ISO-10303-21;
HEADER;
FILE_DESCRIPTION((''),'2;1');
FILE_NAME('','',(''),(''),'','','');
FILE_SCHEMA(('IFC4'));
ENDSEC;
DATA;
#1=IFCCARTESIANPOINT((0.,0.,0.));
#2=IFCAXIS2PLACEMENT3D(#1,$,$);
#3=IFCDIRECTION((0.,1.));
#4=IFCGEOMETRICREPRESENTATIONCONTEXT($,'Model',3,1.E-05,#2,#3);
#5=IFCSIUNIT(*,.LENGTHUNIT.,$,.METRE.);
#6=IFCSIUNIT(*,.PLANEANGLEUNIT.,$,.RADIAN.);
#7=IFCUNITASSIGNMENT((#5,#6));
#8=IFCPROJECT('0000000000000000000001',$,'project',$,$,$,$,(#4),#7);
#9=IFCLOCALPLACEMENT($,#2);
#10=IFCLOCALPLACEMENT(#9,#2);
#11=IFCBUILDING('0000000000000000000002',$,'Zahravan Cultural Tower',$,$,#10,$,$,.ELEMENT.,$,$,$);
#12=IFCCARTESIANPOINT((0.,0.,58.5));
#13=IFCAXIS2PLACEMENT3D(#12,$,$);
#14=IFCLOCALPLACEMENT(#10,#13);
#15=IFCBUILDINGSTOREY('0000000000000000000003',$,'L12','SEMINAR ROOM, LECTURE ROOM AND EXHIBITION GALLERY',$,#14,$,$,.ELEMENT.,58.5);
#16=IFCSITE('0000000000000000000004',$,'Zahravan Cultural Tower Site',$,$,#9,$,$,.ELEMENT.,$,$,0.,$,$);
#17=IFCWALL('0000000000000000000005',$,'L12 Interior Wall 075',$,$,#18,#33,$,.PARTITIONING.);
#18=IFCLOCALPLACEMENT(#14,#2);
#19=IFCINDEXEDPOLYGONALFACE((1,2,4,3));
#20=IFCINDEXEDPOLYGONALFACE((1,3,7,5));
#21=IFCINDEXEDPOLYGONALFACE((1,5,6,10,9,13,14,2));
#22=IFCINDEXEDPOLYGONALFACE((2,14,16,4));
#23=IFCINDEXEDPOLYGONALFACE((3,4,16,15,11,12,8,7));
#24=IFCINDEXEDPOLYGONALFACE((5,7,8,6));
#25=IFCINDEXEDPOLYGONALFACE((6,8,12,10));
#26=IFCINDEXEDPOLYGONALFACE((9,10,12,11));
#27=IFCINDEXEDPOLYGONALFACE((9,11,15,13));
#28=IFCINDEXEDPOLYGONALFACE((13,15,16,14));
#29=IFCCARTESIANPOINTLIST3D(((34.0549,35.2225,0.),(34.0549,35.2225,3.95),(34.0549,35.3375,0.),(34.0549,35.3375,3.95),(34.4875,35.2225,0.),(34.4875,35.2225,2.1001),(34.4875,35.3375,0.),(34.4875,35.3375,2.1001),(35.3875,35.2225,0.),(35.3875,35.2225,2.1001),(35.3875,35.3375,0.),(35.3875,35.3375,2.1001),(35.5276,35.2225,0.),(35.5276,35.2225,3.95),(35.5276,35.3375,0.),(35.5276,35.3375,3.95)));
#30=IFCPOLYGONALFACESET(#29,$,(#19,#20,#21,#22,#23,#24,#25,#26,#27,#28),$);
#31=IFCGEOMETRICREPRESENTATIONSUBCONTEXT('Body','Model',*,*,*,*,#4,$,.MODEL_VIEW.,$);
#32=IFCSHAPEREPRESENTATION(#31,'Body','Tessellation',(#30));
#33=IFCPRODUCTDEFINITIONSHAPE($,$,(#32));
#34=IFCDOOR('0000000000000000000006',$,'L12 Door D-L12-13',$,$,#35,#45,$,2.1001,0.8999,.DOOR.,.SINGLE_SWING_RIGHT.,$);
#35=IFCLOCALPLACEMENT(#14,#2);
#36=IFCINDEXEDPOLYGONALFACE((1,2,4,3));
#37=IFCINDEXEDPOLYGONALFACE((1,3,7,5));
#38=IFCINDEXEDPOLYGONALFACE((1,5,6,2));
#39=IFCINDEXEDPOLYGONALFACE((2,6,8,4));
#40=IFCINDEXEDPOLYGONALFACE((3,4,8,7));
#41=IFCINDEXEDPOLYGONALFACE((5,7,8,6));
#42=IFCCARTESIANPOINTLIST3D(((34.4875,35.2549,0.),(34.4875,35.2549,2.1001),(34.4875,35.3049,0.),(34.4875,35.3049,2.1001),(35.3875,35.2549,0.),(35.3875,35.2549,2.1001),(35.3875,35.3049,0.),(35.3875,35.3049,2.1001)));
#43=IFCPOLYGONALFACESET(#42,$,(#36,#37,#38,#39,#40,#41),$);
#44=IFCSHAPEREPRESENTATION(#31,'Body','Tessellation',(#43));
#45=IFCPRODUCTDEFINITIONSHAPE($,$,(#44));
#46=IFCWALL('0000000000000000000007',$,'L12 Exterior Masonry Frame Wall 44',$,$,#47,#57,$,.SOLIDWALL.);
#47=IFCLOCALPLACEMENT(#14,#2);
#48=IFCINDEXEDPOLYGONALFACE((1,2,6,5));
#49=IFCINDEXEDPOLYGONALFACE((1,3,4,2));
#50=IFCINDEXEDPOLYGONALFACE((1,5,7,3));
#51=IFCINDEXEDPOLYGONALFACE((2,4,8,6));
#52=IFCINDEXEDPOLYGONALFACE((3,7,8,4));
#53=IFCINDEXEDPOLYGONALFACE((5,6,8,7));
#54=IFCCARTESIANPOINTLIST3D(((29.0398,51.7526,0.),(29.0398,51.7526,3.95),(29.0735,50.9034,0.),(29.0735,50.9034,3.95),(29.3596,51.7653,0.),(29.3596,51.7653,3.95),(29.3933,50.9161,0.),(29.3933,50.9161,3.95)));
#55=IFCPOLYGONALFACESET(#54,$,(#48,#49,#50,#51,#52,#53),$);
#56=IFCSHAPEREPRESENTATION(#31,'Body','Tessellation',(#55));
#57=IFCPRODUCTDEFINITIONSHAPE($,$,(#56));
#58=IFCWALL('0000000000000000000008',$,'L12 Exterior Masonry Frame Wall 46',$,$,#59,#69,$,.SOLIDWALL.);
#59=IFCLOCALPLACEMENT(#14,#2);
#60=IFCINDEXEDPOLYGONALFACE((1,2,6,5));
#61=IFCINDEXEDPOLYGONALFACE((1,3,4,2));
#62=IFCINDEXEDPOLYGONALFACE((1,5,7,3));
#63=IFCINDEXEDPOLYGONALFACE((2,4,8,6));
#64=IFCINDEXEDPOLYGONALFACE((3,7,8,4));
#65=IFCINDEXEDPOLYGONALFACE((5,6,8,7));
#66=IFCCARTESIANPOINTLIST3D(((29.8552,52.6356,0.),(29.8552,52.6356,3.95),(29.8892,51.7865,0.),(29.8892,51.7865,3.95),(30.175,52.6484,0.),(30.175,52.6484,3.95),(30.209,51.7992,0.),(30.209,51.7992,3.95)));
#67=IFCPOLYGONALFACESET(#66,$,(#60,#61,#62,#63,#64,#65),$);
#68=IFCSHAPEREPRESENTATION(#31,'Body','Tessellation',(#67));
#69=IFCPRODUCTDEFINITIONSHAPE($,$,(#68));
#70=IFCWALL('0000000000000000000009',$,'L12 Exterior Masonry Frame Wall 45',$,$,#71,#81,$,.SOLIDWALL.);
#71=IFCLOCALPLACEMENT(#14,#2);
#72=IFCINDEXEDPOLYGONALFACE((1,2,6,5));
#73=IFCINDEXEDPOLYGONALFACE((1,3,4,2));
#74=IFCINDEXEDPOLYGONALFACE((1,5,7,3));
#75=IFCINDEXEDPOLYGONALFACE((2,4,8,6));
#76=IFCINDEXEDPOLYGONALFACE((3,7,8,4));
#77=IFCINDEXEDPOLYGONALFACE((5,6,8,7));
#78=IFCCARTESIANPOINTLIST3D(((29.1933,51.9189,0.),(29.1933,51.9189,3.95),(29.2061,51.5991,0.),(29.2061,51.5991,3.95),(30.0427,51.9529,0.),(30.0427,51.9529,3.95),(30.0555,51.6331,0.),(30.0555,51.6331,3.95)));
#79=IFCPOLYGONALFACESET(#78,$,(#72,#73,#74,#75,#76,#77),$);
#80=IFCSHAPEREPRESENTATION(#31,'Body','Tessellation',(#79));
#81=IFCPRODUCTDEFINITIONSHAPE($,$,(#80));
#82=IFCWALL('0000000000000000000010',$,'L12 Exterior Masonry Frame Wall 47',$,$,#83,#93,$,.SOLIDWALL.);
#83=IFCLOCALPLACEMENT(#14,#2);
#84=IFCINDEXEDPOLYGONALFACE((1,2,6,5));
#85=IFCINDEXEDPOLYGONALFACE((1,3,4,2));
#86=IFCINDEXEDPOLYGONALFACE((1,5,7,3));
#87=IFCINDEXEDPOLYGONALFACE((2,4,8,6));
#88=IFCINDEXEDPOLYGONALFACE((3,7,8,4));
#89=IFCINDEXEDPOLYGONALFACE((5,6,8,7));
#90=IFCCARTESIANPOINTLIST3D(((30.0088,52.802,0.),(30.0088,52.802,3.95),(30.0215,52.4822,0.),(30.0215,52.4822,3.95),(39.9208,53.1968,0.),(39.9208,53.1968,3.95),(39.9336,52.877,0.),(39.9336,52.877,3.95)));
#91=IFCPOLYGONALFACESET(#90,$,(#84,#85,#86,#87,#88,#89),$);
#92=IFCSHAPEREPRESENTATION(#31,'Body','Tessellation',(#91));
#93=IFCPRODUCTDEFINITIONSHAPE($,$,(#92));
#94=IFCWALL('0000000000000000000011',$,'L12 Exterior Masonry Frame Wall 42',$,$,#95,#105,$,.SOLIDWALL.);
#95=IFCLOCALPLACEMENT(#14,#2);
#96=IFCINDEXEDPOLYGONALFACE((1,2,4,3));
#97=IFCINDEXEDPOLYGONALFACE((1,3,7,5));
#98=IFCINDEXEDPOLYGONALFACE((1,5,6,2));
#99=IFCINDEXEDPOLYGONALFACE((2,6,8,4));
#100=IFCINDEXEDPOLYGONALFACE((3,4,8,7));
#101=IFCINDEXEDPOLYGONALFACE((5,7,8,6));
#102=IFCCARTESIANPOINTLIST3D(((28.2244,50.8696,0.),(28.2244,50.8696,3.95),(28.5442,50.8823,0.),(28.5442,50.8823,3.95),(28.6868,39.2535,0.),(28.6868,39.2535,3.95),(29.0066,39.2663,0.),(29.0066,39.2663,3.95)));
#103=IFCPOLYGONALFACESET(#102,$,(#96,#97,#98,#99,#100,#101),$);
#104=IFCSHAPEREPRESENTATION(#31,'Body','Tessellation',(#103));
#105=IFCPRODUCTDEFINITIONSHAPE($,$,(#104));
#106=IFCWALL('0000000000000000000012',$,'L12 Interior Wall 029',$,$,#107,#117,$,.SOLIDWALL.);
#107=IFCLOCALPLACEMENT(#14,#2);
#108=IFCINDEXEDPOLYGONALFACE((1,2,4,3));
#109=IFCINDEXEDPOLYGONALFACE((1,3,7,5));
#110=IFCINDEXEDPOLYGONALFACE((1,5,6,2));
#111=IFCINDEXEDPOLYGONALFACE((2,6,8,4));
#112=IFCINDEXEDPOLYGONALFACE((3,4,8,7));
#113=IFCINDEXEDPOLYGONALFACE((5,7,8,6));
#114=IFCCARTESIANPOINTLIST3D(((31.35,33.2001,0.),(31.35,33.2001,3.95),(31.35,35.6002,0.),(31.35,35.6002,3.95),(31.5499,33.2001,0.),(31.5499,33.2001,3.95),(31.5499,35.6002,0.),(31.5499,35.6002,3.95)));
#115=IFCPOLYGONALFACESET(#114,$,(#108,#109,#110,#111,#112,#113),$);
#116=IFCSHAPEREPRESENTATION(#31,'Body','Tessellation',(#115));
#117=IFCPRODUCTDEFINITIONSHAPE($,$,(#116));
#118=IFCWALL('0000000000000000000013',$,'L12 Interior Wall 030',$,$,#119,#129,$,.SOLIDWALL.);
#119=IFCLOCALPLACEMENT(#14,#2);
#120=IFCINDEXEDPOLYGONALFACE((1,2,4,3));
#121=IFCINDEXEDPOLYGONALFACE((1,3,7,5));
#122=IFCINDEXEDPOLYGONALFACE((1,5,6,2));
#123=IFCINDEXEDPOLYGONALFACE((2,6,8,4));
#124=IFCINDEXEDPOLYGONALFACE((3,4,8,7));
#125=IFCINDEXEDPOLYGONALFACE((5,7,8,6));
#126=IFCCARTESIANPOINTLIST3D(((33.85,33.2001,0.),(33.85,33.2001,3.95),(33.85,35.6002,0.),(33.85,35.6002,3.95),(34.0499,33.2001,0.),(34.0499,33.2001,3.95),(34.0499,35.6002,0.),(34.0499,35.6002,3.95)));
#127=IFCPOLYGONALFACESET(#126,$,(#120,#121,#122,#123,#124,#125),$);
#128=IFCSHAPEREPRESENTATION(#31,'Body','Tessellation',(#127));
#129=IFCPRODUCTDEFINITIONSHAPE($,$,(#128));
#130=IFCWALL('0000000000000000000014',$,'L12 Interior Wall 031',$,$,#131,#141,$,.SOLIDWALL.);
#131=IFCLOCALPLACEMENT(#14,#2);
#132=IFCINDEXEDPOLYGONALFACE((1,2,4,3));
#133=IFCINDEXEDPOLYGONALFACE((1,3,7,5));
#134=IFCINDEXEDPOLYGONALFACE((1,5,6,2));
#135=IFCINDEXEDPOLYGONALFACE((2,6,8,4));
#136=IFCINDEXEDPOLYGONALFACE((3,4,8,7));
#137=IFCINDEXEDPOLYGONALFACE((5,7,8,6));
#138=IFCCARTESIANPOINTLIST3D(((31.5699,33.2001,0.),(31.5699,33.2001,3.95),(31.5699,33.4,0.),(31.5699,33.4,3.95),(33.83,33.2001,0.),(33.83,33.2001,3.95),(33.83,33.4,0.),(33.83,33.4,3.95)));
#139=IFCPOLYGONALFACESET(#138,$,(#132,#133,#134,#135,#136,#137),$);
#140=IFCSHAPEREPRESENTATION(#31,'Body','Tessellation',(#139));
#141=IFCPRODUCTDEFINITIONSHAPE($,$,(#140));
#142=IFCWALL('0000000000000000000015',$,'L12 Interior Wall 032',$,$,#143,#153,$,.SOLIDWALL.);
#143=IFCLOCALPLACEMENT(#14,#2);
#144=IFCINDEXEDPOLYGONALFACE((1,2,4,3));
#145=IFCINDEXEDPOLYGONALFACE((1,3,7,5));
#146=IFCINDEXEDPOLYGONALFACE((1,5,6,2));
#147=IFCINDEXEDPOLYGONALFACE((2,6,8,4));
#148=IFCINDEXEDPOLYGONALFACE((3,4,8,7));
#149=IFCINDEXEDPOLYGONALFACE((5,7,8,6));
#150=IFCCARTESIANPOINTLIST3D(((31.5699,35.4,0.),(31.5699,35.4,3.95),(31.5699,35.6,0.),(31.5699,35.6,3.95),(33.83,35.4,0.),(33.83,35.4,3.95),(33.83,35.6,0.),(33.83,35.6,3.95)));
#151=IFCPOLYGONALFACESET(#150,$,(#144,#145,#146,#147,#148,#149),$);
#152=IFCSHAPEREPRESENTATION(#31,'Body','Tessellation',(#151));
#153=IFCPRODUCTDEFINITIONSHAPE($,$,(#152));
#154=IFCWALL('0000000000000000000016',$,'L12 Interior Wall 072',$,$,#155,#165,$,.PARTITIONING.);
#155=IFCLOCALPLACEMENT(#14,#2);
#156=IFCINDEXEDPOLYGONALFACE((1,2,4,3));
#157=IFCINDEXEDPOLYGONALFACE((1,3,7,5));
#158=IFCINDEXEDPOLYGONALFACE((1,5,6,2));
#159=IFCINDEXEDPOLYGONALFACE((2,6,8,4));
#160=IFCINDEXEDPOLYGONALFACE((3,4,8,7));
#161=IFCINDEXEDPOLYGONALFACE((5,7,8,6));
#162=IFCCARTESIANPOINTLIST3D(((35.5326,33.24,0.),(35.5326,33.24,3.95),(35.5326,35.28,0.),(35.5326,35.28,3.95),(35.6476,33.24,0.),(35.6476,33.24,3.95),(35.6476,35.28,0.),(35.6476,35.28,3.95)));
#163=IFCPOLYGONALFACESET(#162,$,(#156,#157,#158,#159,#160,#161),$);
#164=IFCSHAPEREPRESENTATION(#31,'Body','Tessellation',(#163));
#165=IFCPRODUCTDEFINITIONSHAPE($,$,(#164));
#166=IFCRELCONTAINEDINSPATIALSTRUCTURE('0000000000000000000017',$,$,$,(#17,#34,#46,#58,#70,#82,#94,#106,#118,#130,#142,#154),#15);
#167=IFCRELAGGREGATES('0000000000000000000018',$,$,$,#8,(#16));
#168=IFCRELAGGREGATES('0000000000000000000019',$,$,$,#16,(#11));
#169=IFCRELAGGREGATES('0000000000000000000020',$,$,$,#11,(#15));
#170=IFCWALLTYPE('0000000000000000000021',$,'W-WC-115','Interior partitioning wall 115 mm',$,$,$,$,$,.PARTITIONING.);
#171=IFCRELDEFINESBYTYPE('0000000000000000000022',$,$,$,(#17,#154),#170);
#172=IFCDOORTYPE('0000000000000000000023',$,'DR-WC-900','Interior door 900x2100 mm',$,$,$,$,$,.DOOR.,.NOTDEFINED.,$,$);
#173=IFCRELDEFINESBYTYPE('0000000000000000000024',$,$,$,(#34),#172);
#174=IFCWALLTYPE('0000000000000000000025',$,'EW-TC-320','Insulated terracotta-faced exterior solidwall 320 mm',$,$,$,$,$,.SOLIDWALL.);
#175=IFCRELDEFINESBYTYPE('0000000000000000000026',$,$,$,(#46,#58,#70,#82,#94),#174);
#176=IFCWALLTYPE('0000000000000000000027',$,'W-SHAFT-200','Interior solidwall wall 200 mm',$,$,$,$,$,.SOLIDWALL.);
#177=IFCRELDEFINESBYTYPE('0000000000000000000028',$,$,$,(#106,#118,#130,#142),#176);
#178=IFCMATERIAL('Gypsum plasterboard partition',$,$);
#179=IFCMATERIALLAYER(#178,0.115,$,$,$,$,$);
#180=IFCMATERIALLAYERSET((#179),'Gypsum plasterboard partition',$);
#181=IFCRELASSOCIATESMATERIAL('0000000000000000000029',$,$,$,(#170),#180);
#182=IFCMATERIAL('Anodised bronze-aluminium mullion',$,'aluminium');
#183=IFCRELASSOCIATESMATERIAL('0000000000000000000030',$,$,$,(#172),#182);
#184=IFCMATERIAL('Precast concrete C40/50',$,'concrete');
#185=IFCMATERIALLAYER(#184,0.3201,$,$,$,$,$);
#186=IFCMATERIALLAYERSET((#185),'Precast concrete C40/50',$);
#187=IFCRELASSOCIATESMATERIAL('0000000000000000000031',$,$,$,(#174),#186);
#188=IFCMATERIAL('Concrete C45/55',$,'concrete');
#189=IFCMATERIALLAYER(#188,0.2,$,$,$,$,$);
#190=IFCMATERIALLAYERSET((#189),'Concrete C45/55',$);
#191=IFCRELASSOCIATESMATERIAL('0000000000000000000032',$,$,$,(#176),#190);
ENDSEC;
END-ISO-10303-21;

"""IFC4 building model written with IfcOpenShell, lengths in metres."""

from ifc_helpers import new_model, si_unit, direction, frame, frame_2d, origin, place, context, subcontext, project, spatial, rectangle, extrude, source, transform, mapped, material, layer, layer_set, type_object, element, fill, save


model = new_model("IFC4")

# Units and contexts
model_context = context("Model", 3, precision=1e-05, world=origin(), true_north=direction((0.0, 1.0)))
body_context = subcontext(model_context, "Body", "Model", "MODEL_VIEW")
ifc_project = project(units=[si_unit("LENGTHUNIT", "METRE"), si_unit("PLANEANGLEUNIT", "RADIAN")], contexts=[model_context])

# Site, building, storey
site_placement = place(None, origin())
site = spatial("IfcSite", under=ifc_project, at=site_placement, Name="Zahravan Cultural Tower Site", CompositionType="ELEMENT", RefElevation=0.0)
building_placement = place(site_placement, origin())
building = spatial("IfcBuilding", under=site, at=building_placement, Name="Zahravan Cultural Tower", CompositionType="ELEMENT")
storey_placement = place(building_placement, frame((0.0, 0.0, 58.5)))
storey = spatial("IfcBuildingStorey", under=building, at=storey_placement, Name="L12", Description="SEMINAR ROOM, LECTURE ROOM AND EXHIBITION GALLERY", CompositionType="ELEMENT", Elevation=58.5)

# Wall, opening, door
ifc_material_1 = material(Name="Gypsum plasterboard partition")
ifc_material_2 = material(Name="Anodised bronze-aluminium mullion", Category="aluminium")
ifc_layer_1 = layer(ifc_material_1, 0.115)
ifc_layer_set_1 = layer_set([ifc_layer_1], Name="Gypsum plasterboard partition")
wall_type_1 = type_object("IfcWallType", Name="W-WC-115", Description="Interior partitioning wall 115 mm", PredefinedType="PARTITIONING", material=ifc_layer_set_1)
wall_1_placement = place(storey_placement, frame((34.0549, 35.28, 0.0), z_axis=(0.0, 0.0, 1.0), x_axis=(1.0, 0.0, 0.0)))
wall_1 = element("IfcWall", 1, at=wall_1_placement, inside=storey, type_object=wall_type_1, Name="L12 Interior Wall 075", PredefinedType="PARTITIONING", context=body_context, shape_type="SweptSolid", body=[
    extrude(rectangle(XDim=1.4727, YDim=0.115, at=frame_2d((0.7363, 0.0))), origin(), (0.0, 0.0, 1.0), 3.95),
])
opening_1_placement = place(wall_1_placement, frame((0.4326, 0.0, 0.0)))
opening_1 = element("IfcOpeningElement", 2, at=opening_1_placement, cuts=wall_1, PredefinedType="OPENING", context=body_context, shape_type="SweptSolid", body=[
    extrude(rectangle(XDim=0.8999, YDim=2.1001, at=frame_2d((0.45, 1.05))), frame((0.0, 0.0674, 0.0), z_axis=(0.0, -1.0, 0.0), x_axis=(1.0, 0.0, 0.0)), (0.0, 0.0, 1.0), 0.135),
])
door_type_1 = type_object("IfcDoorType", Name="DR-WC-900", Description="Interior door 900x2100 mm", OperationType="NOTDEFINED", PredefinedType="DOOR", material=ifc_material_2)
shared_shape_1 = source(origin(), body_context, "Body", "SweptSolid", [
    extrude(rectangle(XDim=0.8999, YDim=2.1001, at=frame_2d((0.45, 1.05))), frame((0.0, 0.0249, 0.0), z_axis=(0.0, -1.0, 0.0), x_axis=(1.0, 0.0, 0.0)), (0.0, 0.0, 1.0), 0.05),
])
door_1_placement = place(opening_1_placement, origin())
door_1 = element("IfcDoor", 3, at=door_1_placement, inside=storey, type_object=door_type_1, Name="L12 Door D-L12-13", OperationType="SINGLE_SWING_RIGHT", OverallHeight=2.1001, OverallWidth=0.8999, PredefinedType="DOOR", context=body_context, shape_type="MappedRepresentation", body=[
    mapped(shared_shape_1, transform((0.0, 0.0, 0.0), x_axis=(1.0, 0.0, 0.0), y_axis=(0.0, 1.0, 0.0), z_axis=(0.0, 0.0, 1.0), scale=1.0)),
])
fill(opening_1, door_1)

# Walls
ifc_material_3 = material(Name="Precast concrete C40/50", Category="concrete")
ifc_layer_2 = layer(ifc_material_3, 0.3201)
ifc_layer_set_2 = layer_set([ifc_layer_2], Name="Precast concrete C40/50")
wall_type_2 = type_object("IfcWallType", Name="EW-TC-320", Description="Insulated terracotta-faced exterior solidwall 320 mm", PredefinedType="SOLIDWALL", material=ifc_layer_set_2)
shared_shape_2 = source(origin(), body_context, "Body", "SweptSolid", [
    extrude(rectangle(XDim=0.8499, YDim=0.3201, at=frame_2d((0.4248, 0.0))), origin(), (0.0, 0.0, 1.0), 3.95),
])
for number, where, z_axis, x_axis, name in (
    (4, (29.2334, 50.9099, 0.0), (0.0, 0.0, 1.0), (-0.039647, 0.999214, 0.0), "L12 Exterior Masonry Frame Wall 44"),
    (5, (30.0491, 51.793, 0.0), (0.0, 0.0, 1.0), (-0.039934, 0.999202, 0.0), "L12 Exterior Masonry Frame Wall 46"),
):
    element("IfcWall", number, at=place(storey_placement, frame(where, z_axis=z_axis, x_axis=x_axis)), inside=storey, type_object=wall_type_2, Name=name, PredefinedType="SOLIDWALL", context=body_context, shape_type="MappedRepresentation", body=[
        mapped(shared_shape_2, transform((0.0, 0.0, 0.0), x_axis=(1.0, 0.0, 0.0), y_axis=(0.0, 1.0, 0.0), z_axis=(0.0, 0.0, 1.0), scale=1.0)),
    ])
shared_shape_3 = source(origin(), body_context, "Body", "SweptSolid", [
    extrude(rectangle(XDim=0.8501, YDim=0.3201, at=frame_2d((0.425, 0.0))), origin(), (0.0, 0.0, 1.0), 3.95),
])
wall_2_placement = place(storey_placement, frame((29.1997, 51.759, 0.0), z_axis=(0.0, 0.0, 1.0), x_axis=(0.999203, 0.039922, 0.0)))
element("IfcWall", 6, at=wall_2_placement, inside=storey, type_object=wall_type_2, Name="L12 Exterior Masonry Frame Wall 45", PredefinedType="SOLIDWALL", context=body_context, shape_type="MappedRepresentation", body=[
    mapped(shared_shape_3, transform((0.0, 0.0, 0.0), x_axis=(1.0, 0.0, 0.0), y_axis=(0.0, 1.0, 0.0), z_axis=(0.0, 0.0, 1.0), scale=1.0)),
])
shared_shape_4 = source(origin(), body_context, "Body", "SweptSolid", [
    extrude(rectangle(XDim=9.9199, YDim=0.3201, at=frame_2d((4.96, 0.0))), origin(), (0.0, 0.0, 1.0), 3.95),
])
wall_3_placement = place(storey_placement, frame((30.0151, 52.6421, 0.0), z_axis=(0.0, 0.0, 1.0), x_axis=(0.999208, 0.039796, 0.0)))
element("IfcWall", 7, at=wall_3_placement, inside=storey, type_object=wall_type_2, Name="L12 Exterior Masonry Frame Wall 47", PredefinedType="SOLIDWALL", context=body_context, shape_type="MappedRepresentation", body=[
    mapped(shared_shape_4, transform((0.0, 0.0, 0.0), x_axis=(1.0, 0.0, 0.0), y_axis=(0.0, 1.0, 0.0), z_axis=(0.0, 0.0, 1.0), scale=1.0)),
])
shared_shape_5 = source(origin(), body_context, "Body", "SweptSolid", [
    extrude(rectangle(XDim=11.6252, YDim=0.3201, at=frame_2d((5.8125, 0.0))), origin(), (0.0, 0.0, 1.0), 3.95),
])
wall_4_placement = place(storey_placement, frame((28.8467, 39.26, 0.0), z_axis=(0.0, 0.0, 1.0), x_axis=(-0.039776, 0.999209, 0.0)))
element("IfcWall", 8, at=wall_4_placement, inside=storey, type_object=wall_type_2, Name="L12 Exterior Masonry Frame Wall 42", PredefinedType="SOLIDWALL", context=body_context, shape_type="MappedRepresentation", body=[
    mapped(shared_shape_5, transform((0.0, 0.0, 0.0), x_axis=(1.0, 0.0, 0.0), y_axis=(0.0, 1.0, 0.0), z_axis=(0.0, 0.0, 1.0), scale=1.0)),
])
ifc_material_4 = material(Name="Concrete C45/55", Category="concrete")
ifc_layer_3 = layer(ifc_material_4, 0.2)
ifc_layer_set_3 = layer_set([ifc_layer_3], Name="Concrete C45/55")
wall_type_3 = type_object("IfcWallType", Name="W-SHAFT-200", Description="Interior solidwall wall 200 mm", PredefinedType="SOLIDWALL", material=ifc_layer_set_3)
shared_shape_6 = source(origin(), body_context, "Body", "SweptSolid", [
    extrude(rectangle(XDim=2.4001, YDim=0.2, at=frame_2d((1.2002, 0.0))), origin(), (0.0, 0.0, 1.0), 3.95),
])
for number, where, z_axis, x_axis, name in (
    (9, (31.45, 33.2, 0.0), (0.0, 0.0, 1.0), (0.0, 1.0, 0.0), "L12 Interior Wall 029"),
    (10, (33.95, 33.2, 0.0), (0.0, 0.0, 1.0), (0.0, 1.0, 0.0), "L12 Interior Wall 030"),
):
    element("IfcWall", number, at=place(storey_placement, frame(where, z_axis=z_axis, x_axis=x_axis)), inside=storey, type_object=wall_type_3, Name=name, PredefinedType="SOLIDWALL", context=body_context, shape_type="MappedRepresentation", body=[
        mapped(shared_shape_6, transform((0.0, 0.0, 0.0), x_axis=(1.0, 0.0, 0.0), y_axis=(0.0, 1.0, 0.0), z_axis=(0.0, 0.0, 1.0), scale=1.0)),
    ])
shared_shape_7 = source(origin(), body_context, "Body", "SweptSolid", [
    extrude(rectangle(XDim=2.26, YDim=0.2, at=frame_2d((1.1299, 0.0))), origin(), (0.0, 0.0, 1.0), 3.95),
])
for number, where, z_axis, x_axis, name in (
    (11, (31.5701, 33.3, 0.0), (0.0, 0.0, 1.0), (1.0, 0.0, 0.0), "L12 Interior Wall 031"),
    (12, (31.5701, 35.5, 0.0), (0.0, 0.0, 1.0), (1.0, 0.0, 0.0), "L12 Interior Wall 032"),
):
    element("IfcWall", number, at=place(storey_placement, frame(where, z_axis=z_axis, x_axis=x_axis)), inside=storey, type_object=wall_type_3, Name=name, PredefinedType="SOLIDWALL", context=body_context, shape_type="MappedRepresentation", body=[
        mapped(shared_shape_7, transform((0.0, 0.0, 0.0), x_axis=(1.0, 0.0, 0.0), y_axis=(0.0, 1.0, 0.0), z_axis=(0.0, 0.0, 1.0), scale=1.0)),
    ])
shared_shape_8 = source(origin(), body_context, "Body", "SweptSolid", [
    extrude(rectangle(XDim=2.04, YDim=0.115, at=frame_2d((1.02, 0.0))), origin(), (0.0, 0.0, 1.0), 3.95),
])
wall_5_placement = place(storey_placement, frame((35.5901, 33.24, 0.0), z_axis=(0.0, 0.0, 1.0), x_axis=(0.0, 1.0, 0.0)))
element("IfcWall", 13, at=wall_5_placement, inside=storey, type_object=wall_type_1, Name="L12 Interior Wall 072", PredefinedType="PARTITIONING", context=body_context, shape_type="MappedRepresentation", body=[
    mapped(shared_shape_8, transform((0.0, 0.0, 0.0), x_axis=(1.0, 0.0, 0.0), y_axis=(0.0, 1.0, 0.0), z_axis=(0.0, 0.0, 1.0), scale=1.0)),
])

save(model, "model.ifc")
